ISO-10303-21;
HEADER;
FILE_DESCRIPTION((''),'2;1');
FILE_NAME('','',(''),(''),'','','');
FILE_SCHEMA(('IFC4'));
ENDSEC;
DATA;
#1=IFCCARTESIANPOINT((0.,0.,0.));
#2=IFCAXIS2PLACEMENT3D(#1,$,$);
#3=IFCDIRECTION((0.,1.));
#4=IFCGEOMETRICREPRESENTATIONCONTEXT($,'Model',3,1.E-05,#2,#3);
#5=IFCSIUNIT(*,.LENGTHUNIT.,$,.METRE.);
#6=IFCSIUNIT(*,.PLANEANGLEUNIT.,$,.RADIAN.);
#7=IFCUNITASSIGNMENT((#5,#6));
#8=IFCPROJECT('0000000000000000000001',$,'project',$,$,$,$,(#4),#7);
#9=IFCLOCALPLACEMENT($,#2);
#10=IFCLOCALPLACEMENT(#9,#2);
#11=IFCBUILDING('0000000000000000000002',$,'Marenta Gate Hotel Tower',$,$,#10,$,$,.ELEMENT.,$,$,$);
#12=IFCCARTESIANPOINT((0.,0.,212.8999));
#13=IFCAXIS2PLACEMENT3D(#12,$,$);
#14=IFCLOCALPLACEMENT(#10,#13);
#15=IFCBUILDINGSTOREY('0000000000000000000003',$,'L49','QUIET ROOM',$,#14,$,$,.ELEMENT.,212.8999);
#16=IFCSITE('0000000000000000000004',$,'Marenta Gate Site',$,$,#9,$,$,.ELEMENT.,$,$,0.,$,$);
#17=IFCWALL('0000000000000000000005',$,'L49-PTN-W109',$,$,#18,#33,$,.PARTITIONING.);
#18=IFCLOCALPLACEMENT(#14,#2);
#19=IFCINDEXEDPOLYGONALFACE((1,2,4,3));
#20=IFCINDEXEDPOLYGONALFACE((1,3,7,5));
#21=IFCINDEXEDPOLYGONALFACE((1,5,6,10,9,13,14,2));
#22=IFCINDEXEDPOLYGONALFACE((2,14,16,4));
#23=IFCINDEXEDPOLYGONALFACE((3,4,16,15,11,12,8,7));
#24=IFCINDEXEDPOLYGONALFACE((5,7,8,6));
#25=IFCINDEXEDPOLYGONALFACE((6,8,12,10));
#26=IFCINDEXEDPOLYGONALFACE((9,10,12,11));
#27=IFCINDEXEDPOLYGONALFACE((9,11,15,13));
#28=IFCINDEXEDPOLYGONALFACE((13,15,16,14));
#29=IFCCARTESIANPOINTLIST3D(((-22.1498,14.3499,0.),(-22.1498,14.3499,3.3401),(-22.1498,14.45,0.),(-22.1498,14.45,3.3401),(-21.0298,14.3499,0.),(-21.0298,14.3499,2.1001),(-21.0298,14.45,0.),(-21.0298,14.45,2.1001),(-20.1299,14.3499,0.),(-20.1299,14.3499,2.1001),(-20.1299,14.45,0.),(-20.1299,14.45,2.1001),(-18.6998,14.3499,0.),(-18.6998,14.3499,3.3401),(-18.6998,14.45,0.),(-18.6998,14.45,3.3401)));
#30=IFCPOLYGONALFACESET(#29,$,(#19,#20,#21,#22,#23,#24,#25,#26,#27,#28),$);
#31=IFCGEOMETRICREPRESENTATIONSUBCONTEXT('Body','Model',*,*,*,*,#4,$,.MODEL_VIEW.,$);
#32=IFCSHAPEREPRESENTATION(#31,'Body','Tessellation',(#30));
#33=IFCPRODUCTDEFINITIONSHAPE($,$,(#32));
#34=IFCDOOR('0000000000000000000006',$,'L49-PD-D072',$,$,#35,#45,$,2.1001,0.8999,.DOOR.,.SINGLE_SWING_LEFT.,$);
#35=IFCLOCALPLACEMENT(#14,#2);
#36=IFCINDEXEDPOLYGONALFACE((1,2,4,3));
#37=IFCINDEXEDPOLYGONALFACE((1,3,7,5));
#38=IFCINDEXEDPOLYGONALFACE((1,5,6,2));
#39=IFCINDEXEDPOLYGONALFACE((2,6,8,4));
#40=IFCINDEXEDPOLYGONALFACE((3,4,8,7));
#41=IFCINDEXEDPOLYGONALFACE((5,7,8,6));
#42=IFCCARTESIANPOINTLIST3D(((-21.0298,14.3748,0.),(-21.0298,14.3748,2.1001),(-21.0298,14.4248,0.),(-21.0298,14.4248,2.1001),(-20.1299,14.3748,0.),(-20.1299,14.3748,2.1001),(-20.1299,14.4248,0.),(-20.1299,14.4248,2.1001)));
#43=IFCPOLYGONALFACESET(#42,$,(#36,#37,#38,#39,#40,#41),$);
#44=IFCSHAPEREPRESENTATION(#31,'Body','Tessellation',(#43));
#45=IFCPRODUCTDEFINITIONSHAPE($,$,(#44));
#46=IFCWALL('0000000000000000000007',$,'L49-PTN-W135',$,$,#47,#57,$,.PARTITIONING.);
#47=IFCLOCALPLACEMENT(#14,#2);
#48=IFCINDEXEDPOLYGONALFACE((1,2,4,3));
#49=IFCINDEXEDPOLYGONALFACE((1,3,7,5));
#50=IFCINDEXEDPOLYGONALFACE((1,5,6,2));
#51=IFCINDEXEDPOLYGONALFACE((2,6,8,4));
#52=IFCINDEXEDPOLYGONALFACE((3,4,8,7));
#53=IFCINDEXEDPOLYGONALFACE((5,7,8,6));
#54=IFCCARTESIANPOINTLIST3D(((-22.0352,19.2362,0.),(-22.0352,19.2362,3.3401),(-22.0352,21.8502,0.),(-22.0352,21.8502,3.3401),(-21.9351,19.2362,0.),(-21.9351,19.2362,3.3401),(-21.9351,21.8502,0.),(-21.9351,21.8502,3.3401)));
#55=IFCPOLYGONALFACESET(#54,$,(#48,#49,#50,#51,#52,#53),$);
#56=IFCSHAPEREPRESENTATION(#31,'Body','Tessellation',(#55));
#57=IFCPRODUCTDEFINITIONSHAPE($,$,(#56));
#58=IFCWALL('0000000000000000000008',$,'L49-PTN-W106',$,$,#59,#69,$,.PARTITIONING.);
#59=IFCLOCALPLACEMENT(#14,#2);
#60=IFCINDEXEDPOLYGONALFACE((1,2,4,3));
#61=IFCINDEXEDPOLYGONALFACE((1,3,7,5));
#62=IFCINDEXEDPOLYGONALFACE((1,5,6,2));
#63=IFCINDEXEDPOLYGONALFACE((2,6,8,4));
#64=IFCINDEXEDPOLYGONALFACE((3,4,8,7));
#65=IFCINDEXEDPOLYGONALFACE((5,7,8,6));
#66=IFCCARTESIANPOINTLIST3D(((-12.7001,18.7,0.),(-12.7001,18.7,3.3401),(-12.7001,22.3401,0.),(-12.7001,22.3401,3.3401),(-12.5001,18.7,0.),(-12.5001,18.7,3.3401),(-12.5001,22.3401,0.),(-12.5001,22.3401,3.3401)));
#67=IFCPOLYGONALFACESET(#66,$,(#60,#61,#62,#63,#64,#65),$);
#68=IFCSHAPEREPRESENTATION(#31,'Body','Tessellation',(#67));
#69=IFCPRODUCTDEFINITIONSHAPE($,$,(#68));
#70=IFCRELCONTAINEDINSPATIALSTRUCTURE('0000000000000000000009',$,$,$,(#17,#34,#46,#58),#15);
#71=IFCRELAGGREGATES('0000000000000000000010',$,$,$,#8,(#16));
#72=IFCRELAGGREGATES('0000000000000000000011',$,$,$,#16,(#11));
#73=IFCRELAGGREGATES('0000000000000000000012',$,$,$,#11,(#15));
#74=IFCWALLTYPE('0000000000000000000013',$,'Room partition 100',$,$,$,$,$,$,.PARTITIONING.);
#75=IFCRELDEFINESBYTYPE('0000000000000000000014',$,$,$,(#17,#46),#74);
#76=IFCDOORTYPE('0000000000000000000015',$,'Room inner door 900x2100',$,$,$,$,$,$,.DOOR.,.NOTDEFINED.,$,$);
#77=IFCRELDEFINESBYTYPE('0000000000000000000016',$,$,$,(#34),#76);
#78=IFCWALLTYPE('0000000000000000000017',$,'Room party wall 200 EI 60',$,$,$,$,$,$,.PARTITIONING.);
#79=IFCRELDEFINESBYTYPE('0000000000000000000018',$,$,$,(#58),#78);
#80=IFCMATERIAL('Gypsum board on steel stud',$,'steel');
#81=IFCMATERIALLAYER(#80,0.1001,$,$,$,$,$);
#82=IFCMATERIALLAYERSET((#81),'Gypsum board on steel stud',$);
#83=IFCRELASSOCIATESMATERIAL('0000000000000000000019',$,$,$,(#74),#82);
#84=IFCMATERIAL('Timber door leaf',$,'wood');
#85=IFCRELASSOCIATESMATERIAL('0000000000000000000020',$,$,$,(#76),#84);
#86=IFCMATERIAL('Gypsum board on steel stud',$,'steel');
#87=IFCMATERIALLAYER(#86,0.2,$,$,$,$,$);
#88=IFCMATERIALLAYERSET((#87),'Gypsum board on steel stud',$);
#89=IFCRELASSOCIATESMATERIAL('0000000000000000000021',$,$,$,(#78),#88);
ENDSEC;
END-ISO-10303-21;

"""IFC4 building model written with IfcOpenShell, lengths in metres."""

from ifc_helpers import new_model, si_unit, direction, frame, frame_2d, origin, place, context, subcontext, project, spatial, rectangle, extrude, material, layer, layer_set, type_object, element, fill, save


model = new_model("IFC4")

# Units and contexts
model_context = context("Model", 3, precision=1e-05, world=origin(), true_north=direction((0.0, 1.0)))
body_context = subcontext(model_context, "Body", "Model", "MODEL_VIEW")
ifc_project = project(units=[si_unit("LENGTHUNIT", "METRE"), si_unit("PLANEANGLEUNIT", "RADIAN")], contexts=[model_context])

# Site, building, storey
site_placement = place(None, origin())
site = spatial("IfcSite", under=ifc_project, at=site_placement, Name="Marenta Gate Site", CompositionType="ELEMENT", RefElevation=0.0)
building_placement = place(site_placement, origin())
building = spatial("IfcBuilding", under=site, at=building_placement, Name="Marenta Gate Hotel Tower", CompositionType="ELEMENT")
storey_placement = place(building_placement, frame((0.0, 0.0, 212.8999)))
storey = spatial("IfcBuildingStorey", under=building, at=storey_placement, Name="L49", Description="QUIET ROOM", CompositionType="ELEMENT", Elevation=212.8999)

# Wall, opening, door
ifc_material_1 = material(Name="Gypsum board on steel stud", Category="steel")
ifc_layer_1 = layer(ifc_material_1, 0.1001)
ifc_layer_set_1 = layer_set([ifc_layer_1], Name="Gypsum board on steel stud")
wall_type_1 = type_object("IfcWallType", Name="Room partition 100", PredefinedType="PARTITIONING", material=ifc_layer_set_1)
wall_1_placement = place(storey_placement, frame((-22.1499, 14.3999, 0.0), z_axis=(0.0, 0.0, 1.0), x_axis=(1.0, 0.0, 0.0)))
wall_1 = element("IfcWall", 1, at=wall_1_placement, inside=storey, type_object=wall_type_1, Name="L49-PTN-W109", PredefinedType="PARTITIONING", context=body_context, shape_type="SweptSolid", body=[
    extrude(rectangle(XDim=3.45, YDim=0.1001, at=frame_2d((1.7251, 0.0))), origin(), (0.0, 0.0, 1.0), 3.3401),
])
opening_1_placement = place(wall_1_placement, frame((1.1201, 0.0, 0.0)))
opening_1 = element("IfcOpeningElement", 2, at=opening_1_placement, cuts=wall_1, PredefinedType="OPENING", context=body_context, shape_type="SweptSolid", body=[
    extrude(rectangle(XDim=0.8999, YDim=2.1001, at=frame_2d((0.45, 1.05))), frame((0.0, 0.05, 0.0), z_axis=(0.0, -1.0, 0.0), x_axis=(1.0, 0.0, 0.0)), (0.0, 0.0, 1.0), 0.1001),
])
ifc_material_2 = material(Name="Timber door leaf", Category="wood")
door_type_1 = type_object("IfcDoorType", Name="Room inner door 900x2100", OperationType="NOTDEFINED", PredefinedType="DOOR", material=ifc_material_2)
door_1_placement = place(opening_1_placement, origin())
door_1 = element("IfcDoor", 3, at=door_1_placement, inside=storey, type_object=door_type_1, Name="L49-PD-D072", OperationType="SINGLE_SWING_LEFT", OverallHeight=2.1001, OverallWidth=0.8999, PredefinedType="DOOR", context=body_context, shape_type="SweptSolid", body=[
    extrude(rectangle(XDim=0.8999, YDim=2.1001, at=frame_2d((0.45, 1.05))), frame((0.0, 0.0249, 0.0), z_axis=(0.0, -1.0, 0.0), x_axis=(1.0, 0.0, 0.0)), (0.0, 0.0, 1.0), 0.05),
])
fill(opening_1, door_1)

# Walls
wall_2_placement = place(storey_placement, frame((-21.9851, 19.2361, 0.0), z_axis=(0.0, 0.0, 1.0), x_axis=(0.0, 1.0, 0.0)))
element("IfcWall", 4, at=wall_2_placement, inside=storey, type_object=wall_type_1, Name="L49-PTN-W135", PredefinedType="PARTITIONING", context=body_context, shape_type="SweptSolid", body=[
    extrude(rectangle(XDim=2.614, YDim=0.1001, at=frame_2d((1.3071, 0.0))), origin(), (0.0, 0.0, 1.0), 3.3401),
])
ifc_material_3 = material(Name="Gypsum board on steel stud", Category="steel")
ifc_layer_2 = layer(ifc_material_3, 0.2)
ifc_layer_set_2 = layer_set([ifc_layer_2], Name="Gypsum board on steel stud")
wall_type_2 = type_object("IfcWallType", Name="Room party wall 200 EI 60", PredefinedType="PARTITIONING", material=ifc_layer_set_2)
wall_3_placement = place(storey_placement, frame((-12.6001, 18.7, 0.0), z_axis=(0.0, 0.0, 1.0), x_axis=(0.0, 1.0, 0.0)))
element("IfcWall", 5, at=wall_3_placement, inside=storey, type_object=wall_type_2, Name="L49-PTN-W106", PredefinedType="PARTITIONING", context=body_context, shape_type="SweptSolid", body=[
    extrude(rectangle(XDim=3.6401, YDim=0.2, at=frame_2d((1.8201, 0.0))), origin(), (0.0, 0.0, 1.0), 3.3401),
])

save(model, "model.ifc")
